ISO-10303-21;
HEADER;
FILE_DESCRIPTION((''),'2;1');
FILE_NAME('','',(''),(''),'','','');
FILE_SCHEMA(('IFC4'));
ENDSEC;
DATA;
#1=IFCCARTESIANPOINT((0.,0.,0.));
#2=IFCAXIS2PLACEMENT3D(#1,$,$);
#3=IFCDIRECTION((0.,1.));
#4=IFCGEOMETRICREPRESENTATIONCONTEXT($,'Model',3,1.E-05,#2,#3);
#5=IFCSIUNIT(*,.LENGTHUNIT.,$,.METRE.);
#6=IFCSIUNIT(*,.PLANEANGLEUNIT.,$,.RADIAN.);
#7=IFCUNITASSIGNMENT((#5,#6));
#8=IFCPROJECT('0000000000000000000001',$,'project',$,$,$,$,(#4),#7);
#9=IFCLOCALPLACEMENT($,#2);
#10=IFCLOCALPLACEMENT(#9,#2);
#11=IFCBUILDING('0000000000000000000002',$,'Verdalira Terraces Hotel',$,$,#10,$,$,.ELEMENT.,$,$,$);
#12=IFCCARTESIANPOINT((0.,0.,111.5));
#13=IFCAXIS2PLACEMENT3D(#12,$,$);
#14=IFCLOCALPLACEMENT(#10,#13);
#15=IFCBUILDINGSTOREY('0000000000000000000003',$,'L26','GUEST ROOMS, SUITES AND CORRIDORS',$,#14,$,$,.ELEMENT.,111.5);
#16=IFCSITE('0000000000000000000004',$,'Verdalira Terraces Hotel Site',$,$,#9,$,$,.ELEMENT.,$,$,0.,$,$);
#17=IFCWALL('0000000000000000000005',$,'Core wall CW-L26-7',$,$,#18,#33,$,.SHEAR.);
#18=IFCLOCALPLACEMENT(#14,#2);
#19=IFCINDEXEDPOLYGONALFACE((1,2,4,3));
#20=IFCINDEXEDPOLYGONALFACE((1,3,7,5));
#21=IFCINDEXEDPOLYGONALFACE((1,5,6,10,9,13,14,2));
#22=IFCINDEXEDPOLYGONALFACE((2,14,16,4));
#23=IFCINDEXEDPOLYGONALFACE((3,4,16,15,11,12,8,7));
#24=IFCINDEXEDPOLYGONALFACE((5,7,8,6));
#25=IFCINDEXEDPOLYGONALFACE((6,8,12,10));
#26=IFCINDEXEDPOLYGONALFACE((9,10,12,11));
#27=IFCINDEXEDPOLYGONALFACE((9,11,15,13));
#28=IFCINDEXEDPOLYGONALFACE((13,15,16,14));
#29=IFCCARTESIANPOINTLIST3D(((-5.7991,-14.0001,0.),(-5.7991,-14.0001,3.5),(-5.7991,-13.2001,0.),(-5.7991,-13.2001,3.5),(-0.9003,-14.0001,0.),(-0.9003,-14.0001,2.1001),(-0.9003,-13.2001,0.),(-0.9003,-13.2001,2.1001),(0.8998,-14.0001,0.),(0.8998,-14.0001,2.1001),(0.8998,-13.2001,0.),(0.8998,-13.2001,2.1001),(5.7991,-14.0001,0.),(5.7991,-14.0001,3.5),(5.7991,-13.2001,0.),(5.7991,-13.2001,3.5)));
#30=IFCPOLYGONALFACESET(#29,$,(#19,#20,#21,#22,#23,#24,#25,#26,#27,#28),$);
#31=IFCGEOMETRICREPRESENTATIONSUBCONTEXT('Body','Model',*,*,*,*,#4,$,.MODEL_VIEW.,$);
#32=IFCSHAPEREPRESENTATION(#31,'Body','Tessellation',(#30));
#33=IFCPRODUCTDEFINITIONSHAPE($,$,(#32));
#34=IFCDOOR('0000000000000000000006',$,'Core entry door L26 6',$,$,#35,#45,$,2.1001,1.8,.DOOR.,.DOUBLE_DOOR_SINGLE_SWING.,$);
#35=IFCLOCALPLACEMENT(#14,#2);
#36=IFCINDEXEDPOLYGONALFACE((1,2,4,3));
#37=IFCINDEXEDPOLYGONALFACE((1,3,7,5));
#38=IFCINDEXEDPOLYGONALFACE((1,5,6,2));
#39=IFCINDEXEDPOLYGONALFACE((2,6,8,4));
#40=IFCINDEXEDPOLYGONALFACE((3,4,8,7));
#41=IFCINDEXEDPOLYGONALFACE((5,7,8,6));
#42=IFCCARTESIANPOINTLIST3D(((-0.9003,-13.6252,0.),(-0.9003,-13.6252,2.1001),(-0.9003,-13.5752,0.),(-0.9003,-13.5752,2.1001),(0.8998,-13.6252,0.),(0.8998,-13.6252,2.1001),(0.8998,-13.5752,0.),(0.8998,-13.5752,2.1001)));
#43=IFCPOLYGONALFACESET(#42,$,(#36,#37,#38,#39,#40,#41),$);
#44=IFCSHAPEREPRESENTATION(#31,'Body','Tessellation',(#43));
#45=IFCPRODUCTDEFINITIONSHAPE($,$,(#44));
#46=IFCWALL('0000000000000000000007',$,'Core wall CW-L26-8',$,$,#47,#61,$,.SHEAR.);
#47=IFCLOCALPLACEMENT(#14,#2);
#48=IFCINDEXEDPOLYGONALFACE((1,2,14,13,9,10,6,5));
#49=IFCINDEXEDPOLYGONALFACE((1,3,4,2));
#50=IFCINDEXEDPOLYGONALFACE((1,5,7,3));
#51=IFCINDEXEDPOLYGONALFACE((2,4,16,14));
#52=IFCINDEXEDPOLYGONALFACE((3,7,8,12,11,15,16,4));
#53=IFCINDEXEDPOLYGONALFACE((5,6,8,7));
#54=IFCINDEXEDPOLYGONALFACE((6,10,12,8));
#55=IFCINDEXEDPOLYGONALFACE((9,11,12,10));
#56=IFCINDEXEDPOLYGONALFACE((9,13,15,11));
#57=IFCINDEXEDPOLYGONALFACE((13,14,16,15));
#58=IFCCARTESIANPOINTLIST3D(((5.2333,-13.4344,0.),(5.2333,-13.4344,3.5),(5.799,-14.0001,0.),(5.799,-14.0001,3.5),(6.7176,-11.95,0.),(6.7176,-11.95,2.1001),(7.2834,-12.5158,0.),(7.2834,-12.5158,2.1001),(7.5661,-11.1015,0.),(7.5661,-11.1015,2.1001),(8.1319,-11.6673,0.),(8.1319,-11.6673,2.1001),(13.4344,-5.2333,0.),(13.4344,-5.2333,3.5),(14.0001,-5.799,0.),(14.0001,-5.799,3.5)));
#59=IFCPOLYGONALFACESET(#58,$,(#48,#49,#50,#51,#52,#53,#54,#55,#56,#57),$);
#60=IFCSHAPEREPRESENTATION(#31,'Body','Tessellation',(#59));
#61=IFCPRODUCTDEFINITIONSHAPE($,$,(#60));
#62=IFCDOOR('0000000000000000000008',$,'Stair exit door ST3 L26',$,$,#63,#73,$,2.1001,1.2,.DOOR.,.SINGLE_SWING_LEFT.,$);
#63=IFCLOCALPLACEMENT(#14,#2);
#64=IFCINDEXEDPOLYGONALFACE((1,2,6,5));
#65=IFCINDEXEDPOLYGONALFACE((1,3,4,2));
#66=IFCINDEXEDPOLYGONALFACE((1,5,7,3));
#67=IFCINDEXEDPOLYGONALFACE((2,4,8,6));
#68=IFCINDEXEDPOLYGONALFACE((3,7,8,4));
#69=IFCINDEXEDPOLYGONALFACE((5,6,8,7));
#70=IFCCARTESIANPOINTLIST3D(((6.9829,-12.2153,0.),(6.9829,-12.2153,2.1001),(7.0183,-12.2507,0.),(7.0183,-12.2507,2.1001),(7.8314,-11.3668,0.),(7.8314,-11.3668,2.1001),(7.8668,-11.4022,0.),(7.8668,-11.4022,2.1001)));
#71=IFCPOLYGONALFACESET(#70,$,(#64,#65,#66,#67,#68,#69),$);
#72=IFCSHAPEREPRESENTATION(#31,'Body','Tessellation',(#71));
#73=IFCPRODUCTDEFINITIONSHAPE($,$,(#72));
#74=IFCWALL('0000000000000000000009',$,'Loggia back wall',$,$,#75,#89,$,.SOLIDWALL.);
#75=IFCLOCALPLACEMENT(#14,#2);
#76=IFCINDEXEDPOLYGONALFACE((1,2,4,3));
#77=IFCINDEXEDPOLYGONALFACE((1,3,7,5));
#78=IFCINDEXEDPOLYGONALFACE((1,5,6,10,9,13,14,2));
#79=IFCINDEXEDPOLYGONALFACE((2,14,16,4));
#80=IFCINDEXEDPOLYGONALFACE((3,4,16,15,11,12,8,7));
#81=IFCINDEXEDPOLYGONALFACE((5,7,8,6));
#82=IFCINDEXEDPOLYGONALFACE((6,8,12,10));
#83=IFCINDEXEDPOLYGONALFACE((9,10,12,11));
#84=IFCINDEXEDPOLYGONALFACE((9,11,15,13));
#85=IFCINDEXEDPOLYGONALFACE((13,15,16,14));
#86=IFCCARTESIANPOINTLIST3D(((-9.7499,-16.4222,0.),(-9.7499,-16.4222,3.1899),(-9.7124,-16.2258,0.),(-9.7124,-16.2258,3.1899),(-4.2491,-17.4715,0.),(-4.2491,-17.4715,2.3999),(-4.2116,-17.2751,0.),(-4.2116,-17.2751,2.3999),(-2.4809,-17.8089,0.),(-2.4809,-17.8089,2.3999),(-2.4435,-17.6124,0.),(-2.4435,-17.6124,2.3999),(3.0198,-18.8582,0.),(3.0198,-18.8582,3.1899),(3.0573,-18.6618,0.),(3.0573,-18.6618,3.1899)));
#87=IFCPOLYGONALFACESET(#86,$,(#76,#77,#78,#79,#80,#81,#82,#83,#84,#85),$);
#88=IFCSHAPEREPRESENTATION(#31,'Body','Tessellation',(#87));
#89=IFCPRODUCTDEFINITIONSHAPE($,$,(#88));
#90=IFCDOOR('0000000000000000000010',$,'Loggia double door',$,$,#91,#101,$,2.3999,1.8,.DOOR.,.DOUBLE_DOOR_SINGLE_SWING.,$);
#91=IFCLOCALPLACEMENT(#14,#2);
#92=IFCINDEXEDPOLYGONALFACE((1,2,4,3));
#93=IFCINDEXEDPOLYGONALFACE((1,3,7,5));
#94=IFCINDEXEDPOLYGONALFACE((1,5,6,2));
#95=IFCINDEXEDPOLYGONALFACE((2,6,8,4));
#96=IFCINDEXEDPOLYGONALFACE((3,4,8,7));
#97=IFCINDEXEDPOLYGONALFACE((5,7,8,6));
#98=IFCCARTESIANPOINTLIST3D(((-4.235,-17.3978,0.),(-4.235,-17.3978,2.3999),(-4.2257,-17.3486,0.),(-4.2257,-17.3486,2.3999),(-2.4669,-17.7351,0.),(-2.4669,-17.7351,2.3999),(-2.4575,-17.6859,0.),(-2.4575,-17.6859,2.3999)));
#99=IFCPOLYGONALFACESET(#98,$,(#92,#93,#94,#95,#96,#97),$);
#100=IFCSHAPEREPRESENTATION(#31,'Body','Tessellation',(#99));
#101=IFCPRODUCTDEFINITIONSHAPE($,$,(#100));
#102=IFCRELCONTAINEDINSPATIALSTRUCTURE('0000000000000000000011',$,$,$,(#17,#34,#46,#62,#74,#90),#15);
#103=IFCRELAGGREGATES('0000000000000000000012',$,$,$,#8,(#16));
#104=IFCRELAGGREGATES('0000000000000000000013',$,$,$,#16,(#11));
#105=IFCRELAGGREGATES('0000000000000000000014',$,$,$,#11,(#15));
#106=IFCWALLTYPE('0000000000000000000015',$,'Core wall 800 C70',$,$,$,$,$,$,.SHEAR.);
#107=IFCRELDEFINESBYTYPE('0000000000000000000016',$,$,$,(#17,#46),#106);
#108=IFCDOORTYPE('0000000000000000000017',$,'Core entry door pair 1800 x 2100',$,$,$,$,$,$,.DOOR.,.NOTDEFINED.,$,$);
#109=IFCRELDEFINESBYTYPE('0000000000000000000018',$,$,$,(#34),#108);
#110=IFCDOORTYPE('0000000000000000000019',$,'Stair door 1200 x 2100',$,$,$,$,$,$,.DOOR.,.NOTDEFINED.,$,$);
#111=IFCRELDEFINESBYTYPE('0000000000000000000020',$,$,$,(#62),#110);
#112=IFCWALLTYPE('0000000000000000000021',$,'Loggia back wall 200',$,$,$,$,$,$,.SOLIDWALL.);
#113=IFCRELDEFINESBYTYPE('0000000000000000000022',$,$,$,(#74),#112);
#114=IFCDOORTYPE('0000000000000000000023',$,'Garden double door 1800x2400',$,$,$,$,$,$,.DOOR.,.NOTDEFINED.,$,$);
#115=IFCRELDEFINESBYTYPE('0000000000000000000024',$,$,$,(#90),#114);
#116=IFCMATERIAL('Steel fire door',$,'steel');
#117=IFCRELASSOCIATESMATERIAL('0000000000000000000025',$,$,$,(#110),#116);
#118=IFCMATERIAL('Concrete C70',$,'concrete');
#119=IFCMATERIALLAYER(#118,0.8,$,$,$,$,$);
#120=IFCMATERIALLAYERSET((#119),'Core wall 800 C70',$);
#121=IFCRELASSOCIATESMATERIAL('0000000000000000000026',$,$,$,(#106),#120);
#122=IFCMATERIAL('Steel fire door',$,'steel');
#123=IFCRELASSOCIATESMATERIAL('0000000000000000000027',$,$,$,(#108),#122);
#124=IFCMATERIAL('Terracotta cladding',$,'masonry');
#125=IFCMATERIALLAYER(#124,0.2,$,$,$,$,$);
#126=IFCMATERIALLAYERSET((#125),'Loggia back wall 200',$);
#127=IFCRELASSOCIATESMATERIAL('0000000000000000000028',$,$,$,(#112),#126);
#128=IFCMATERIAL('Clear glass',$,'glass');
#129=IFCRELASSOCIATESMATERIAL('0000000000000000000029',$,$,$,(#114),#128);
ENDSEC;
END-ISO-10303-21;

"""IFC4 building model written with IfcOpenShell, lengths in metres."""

from ifc_helpers import new_model, si_unit, direction, frame, frame_2d, origin, place, context, subcontext, project, spatial, rectangle, extrude, material, layer, layer_set, type_object, element, fill, save


model = new_model("IFC4")

# Units and contexts
model_context = context("Model", 3, precision=1e-05, world=origin(), true_north=direction((0.0, 1.0)))
body_context = subcontext(model_context, "Body", "Model", "MODEL_VIEW")
ifc_project = project(units=[si_unit("LENGTHUNIT", "METRE"), si_unit("PLANEANGLEUNIT", "RADIAN")], contexts=[model_context])

# Site, building, storey
site_placement = place(None, origin())
site = spatial("IfcSite", under=ifc_project, at=site_placement, Name="Verdalira Terraces Hotel Site", CompositionType="ELEMENT", RefElevation=0.0)
building_placement = place(site_placement, origin())
building = spatial("IfcBuilding", under=site, at=building_placement, Name="Verdalira Terraces Hotel", CompositionType="ELEMENT")
storey_placement = place(building_placement, frame((0.0, 0.0, 111.5)))
storey = spatial("IfcBuildingStorey", under=building, at=storey_placement, Name="L26", Description="GUEST ROOMS, SUITES AND CORRIDORS", CompositionType="ELEMENT", Elevation=111.5)

# Shared definitions
ifc_material_1 = material(Name="Steel fire door", Category="steel")
door_type_1 = type_object("IfcDoorType", Name="Stair door 1200 x 2100", OperationType="NOTDEFINED", PredefinedType="DOOR", material=ifc_material_1)

# Walls, openings, doors
ifc_material_2 = material(Name="Concrete C70", Category="concrete")
ifc_layer_1 = layer(ifc_material_2, 0.8)
ifc_layer_set_1 = layer_set([ifc_layer_1], Name="Core wall 800 C70")
wall_type_1 = type_object("IfcWallType", Name="Core wall 800 C70", PredefinedType="SHEAR", material=ifc_layer_set_1)
wall_1_placement = place(storey_placement, frame((-5.7991, -13.6001, 0.0), z_axis=(0.0, 0.0, 1.0), x_axis=(1.0, 0.0, 0.0)))
wall_1 = element("IfcWall", 1, at=wall_1_placement, inside=storey, type_object=wall_type_1, Name="Core wall CW-L26-7", PredefinedType="SHEAR", context=body_context, shape_type="SweptSolid", body=[
    extrude(rectangle(XDim=11.5981, YDim=0.8, at=frame_2d((5.7991, 0.0))), origin(), (0.0, 0.0, 1.0), 3.5),
])
opening_1_placement = place(wall_1_placement, frame((4.8989, 0.0, 0.0)))
opening_1 = element("IfcOpeningElement", 2, at=opening_1_placement, cuts=wall_1, PredefinedType="OPENING", context=body_context, shape_type="SweptSolid", body=[
    extrude(rectangle(XDim=1.8, YDim=2.1001, at=frame_2d((0.8999, 1.05))), frame((0.0, 0.4099, 0.0), z_axis=(0.0, -1.0, 0.0), x_axis=(1.0, 0.0, 0.0)), (0.0, 0.0, 1.0), 0.8201),
])
ifc_material_3 = material(Name="Steel fire door", Category="steel")
door_type_2 = type_object("IfcDoorType", Name="Core entry door pair 1800 x 2100", OperationType="NOTDEFINED", PredefinedType="DOOR", material=ifc_material_3)
door_1_placement = place(opening_1_placement, origin())
door_1 = element("IfcDoor", 3, at=door_1_placement, inside=storey, type_object=door_type_2, Name="Core entry door L26 6", OperationType="DOUBLE_DOOR_SINGLE_SWING", OverallHeight=2.1001, OverallWidth=1.8, PredefinedType="DOOR", context=body_context, shape_type="SweptSolid", body=[
    extrude(rectangle(XDim=1.8, YDim=2.1001, at=frame_2d((0.8999, 1.05))), frame((0.0, 0.0249, 0.0), z_axis=(0.0, -1.0, 0.0), x_axis=(1.0, 0.0, 0.0)), (0.0, 0.0, 1.0), 0.05),
])
fill(opening_1, door_1)
wall_2_placement = place(storey_placement, frame((5.5161, -13.7173, 0.0), z_axis=(0.0, 0.0, 1.0), x_axis=(0.707107, 0.707107, 0.0)))
wall_2 = element("IfcWall", 4, at=wall_2_placement, inside=storey, type_object=wall_type_1, Name="Core wall CW-L26-8", PredefinedType="SHEAR", context=body_context, shape_type="SweptSolid", body=[
    extrude(rectangle(XDim=11.5981, YDim=0.8, at=frame_2d((5.7991, 0.0))), origin(), (0.0, 0.0, 1.0), 3.5),
])
opening_2_placement = place(wall_2_placement, frame((2.0991, 0.0, 0.0)))
opening_2 = element("IfcOpeningElement", 5, at=opening_2_placement, cuts=wall_2, PredefinedType="OPENING", context=body_context, shape_type="SweptSolid", body=[
    extrude(rectangle(XDim=1.2, YDim=2.1001, at=frame_2d((0.6001, 1.05))), frame((0.0, 0.4099, 0.0), z_axis=(0.0, -1.0, 0.0), x_axis=(1.0, 0.0, 0.0)), (0.0, 0.0, 1.0), 0.8201),
])
door_2_placement = place(opening_2_placement, origin())
door_2 = element("IfcDoor", 6, at=door_2_placement, inside=storey, type_object=door_type_1, Name="Stair exit door ST3 L26", OperationType="SINGLE_SWING_LEFT", OverallHeight=2.1001, OverallWidth=1.2, PredefinedType="DOOR", context=body_context, shape_type="SweptSolid", body=[
    extrude(rectangle(XDim=1.2, YDim=2.1001, at=frame_2d((0.6001, 1.05))), frame((0.0, 0.0249, 0.0), z_axis=(0.0, -1.0, 0.0), x_axis=(1.0, 0.0, 0.0)), (0.0, 0.0, 1.0), 0.05),
])
fill(opening_2, door_2)
ifc_material_4 = material(Name="Terracotta cladding", Category="masonry")
ifc_layer_2 = layer(ifc_material_4, 0.2)
ifc_layer_set_2 = layer_set([ifc_layer_2], Name="Loggia back wall 200")
wall_type_2 = type_object("IfcWallType", Name="Loggia back wall 200", PredefinedType="SOLIDWALL", material=ifc_layer_set_2)
wall_3_placement = place(storey_placement, frame((3.0386, -18.76, 0.0), z_axis=(0.0, 0.0, 1.0), x_axis=(-0.982286, 0.187387, 0.0)))
wall_3 = element("IfcWall", 7, at=wall_3_placement, inside=storey, type_object=wall_type_2, Name="Loggia back wall", PredefinedType="SOLIDWALL", context=body_context, shape_type="SweptSolid", body=[
    extrude(rectangle(XDim=13.0, YDim=0.2, at=frame_2d((6.5, 0.0))), origin(), (0.0, 0.0, 1.0), 3.1899),
])
opening_3_placement = place(wall_3_placement, frame((5.6001, 0.0, 0.0)))
opening_3 = element("IfcOpeningElement", 8, at=opening_3_placement, cuts=wall_3, PredefinedType="OPENING", context=body_context, shape_type="SweptSolid", body=[
    extrude(rectangle(XDim=1.8, YDim=2.3999, at=frame_2d((0.8999, 1.2))), frame((0.0, 0.1099, 0.0), z_axis=(0.0, -1.0, 0.0), x_axis=(1.0, 0.0, 0.0)), (0.0, 0.0, 1.0), 0.22),
])
ifc_material_5 = material(Name="Clear glass", Category="glass")
door_type_3 = type_object("IfcDoorType", Name="Garden double door 1800x2400", OperationType="NOTDEFINED", PredefinedType="DOOR", material=ifc_material_5)
door_3_placement = place(opening_3_placement, origin())
door_3 = element("IfcDoor", 9, at=door_3_placement, inside=storey, type_object=door_type_3, Name="Loggia double door", OperationType="DOUBLE_DOOR_SINGLE_SWING", OverallHeight=2.3999, OverallWidth=1.8, PredefinedType="DOOR", context=body_context, shape_type="SweptSolid", body=[
    extrude(rectangle(XDim=1.8, YDim=2.3999, at=frame_2d((0.8999, 1.2))), frame((0.0, 0.0249, 0.0), z_axis=(0.0, -1.0, 0.0), x_axis=(1.0, 0.0, 0.0)), (0.0, 0.0, 1.0), 0.05),
])
fill(opening_3, door_3)

save(model, "model.ifc")
